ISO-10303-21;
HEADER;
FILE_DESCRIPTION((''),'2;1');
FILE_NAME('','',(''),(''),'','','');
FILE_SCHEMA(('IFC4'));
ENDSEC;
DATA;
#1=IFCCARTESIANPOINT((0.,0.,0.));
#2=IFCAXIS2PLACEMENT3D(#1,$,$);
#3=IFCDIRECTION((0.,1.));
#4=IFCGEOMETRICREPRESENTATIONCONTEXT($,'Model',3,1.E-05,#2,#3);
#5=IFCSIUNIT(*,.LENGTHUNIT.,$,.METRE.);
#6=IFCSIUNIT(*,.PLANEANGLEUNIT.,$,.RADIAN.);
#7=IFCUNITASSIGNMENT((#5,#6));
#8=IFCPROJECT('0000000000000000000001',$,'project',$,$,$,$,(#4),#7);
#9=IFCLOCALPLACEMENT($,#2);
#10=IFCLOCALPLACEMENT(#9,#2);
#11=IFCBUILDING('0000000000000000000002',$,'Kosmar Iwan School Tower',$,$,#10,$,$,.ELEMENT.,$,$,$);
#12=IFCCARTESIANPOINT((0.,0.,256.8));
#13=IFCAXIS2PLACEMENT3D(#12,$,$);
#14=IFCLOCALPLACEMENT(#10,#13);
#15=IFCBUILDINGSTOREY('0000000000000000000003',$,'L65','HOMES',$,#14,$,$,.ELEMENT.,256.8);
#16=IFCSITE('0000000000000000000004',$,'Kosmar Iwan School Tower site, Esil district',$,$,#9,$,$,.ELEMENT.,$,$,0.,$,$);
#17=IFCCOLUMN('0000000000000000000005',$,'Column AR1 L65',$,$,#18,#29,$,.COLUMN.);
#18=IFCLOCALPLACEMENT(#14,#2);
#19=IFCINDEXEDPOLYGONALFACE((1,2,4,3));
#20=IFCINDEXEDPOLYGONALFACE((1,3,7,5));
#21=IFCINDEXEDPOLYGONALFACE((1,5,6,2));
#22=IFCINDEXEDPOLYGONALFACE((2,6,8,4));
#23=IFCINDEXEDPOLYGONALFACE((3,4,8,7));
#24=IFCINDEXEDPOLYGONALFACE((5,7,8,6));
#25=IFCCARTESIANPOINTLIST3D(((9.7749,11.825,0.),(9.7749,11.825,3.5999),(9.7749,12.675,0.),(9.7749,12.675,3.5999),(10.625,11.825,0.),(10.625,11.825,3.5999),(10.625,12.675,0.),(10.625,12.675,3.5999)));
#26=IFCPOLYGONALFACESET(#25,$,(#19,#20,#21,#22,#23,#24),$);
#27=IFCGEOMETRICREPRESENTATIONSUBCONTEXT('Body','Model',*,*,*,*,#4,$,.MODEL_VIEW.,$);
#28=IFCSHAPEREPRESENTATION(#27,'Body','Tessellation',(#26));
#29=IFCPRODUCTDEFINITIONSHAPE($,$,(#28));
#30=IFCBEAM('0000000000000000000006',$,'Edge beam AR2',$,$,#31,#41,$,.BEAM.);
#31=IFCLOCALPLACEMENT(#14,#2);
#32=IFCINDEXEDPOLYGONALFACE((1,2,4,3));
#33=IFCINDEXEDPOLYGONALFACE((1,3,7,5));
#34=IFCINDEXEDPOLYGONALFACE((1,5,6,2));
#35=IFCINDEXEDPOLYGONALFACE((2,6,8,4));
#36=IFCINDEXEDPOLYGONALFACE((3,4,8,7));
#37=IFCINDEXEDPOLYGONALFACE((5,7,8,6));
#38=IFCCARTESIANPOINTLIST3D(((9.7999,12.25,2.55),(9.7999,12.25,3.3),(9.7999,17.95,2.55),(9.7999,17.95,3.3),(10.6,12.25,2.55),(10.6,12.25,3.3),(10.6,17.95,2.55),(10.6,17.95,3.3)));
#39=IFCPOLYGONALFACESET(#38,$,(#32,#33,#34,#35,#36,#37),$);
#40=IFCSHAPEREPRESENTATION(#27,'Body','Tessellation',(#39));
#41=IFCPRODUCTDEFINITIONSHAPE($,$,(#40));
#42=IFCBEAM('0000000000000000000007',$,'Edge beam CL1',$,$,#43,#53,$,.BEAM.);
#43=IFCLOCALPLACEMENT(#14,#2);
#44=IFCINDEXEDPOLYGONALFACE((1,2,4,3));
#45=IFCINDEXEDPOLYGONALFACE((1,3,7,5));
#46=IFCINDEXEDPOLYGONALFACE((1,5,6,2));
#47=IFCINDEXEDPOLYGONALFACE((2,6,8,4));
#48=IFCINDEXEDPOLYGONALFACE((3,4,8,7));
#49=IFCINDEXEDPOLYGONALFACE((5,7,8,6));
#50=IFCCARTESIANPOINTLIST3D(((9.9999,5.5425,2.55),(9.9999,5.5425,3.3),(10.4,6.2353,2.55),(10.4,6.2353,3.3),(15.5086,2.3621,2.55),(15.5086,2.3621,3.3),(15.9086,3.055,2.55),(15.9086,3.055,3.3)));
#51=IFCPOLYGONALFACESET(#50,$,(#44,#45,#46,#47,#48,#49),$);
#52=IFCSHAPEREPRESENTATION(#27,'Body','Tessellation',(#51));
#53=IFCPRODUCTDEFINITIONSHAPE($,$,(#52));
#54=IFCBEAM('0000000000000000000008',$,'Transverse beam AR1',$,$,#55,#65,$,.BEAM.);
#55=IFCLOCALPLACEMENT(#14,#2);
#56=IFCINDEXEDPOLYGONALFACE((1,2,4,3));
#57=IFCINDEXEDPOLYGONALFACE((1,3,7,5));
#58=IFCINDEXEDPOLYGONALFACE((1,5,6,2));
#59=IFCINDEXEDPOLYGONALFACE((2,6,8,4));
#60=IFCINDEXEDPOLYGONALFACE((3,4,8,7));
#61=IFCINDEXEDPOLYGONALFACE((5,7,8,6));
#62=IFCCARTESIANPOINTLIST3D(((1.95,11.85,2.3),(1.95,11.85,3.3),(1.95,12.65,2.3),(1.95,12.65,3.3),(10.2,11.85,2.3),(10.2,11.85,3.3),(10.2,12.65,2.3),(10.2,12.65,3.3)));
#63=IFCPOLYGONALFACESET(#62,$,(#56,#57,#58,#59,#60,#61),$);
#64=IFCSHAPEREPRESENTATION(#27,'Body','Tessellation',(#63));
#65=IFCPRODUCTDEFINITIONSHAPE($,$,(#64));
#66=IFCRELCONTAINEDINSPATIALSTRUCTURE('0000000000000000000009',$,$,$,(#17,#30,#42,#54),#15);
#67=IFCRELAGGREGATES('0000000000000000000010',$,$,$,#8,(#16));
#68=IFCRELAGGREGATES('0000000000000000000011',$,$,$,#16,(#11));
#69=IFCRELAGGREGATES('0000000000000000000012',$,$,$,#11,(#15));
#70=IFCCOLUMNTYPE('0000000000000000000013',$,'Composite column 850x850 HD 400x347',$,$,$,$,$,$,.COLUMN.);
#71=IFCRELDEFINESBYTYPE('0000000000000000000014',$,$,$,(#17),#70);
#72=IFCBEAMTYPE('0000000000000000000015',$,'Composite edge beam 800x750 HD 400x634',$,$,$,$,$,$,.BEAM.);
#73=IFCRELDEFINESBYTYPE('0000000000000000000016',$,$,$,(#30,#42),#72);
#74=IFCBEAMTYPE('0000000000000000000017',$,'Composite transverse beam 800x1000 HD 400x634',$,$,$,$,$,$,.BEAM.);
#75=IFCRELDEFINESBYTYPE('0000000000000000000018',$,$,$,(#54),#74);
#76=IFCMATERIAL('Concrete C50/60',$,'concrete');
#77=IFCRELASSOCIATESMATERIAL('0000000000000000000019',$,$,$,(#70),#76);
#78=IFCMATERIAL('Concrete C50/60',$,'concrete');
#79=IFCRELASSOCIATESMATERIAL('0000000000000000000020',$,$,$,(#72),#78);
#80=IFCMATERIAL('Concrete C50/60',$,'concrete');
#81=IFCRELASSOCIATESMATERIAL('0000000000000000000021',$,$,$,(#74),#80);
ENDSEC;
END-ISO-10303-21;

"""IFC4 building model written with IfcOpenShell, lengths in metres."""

from ifc_helpers import new_model, si_unit, direction, frame, origin, origin_2d, place, context, subcontext, project, spatial, rectangle, extrude, material, material_profile, profile_set, type_object, element, save


model = new_model("IFC4")

# Units and contexts
model_context = context("Model", 3, precision=1e-05, world=origin(), true_north=direction((0.0, 1.0)))
body_context = subcontext(model_context, "Body", "Model", "MODEL_VIEW")
ifc_project = project(units=[si_unit("LENGTHUNIT", "METRE"), si_unit("PLANEANGLEUNIT", "RADIAN")], contexts=[model_context])

# Site, building, storey
site_placement = place(None, origin())
site = spatial("IfcSite", under=ifc_project, at=site_placement, Name="Kosmar Iwan School Tower site, Esil district", CompositionType="ELEMENT", RefElevation=0.0)
building_placement = place(site_placement, origin())
building = spatial("IfcBuilding", under=site, at=building_placement, Name="Kosmar Iwan School Tower", CompositionType="ELEMENT")
storey_placement = place(building_placement, frame((0.0, 0.0, 256.8)))
storey = spatial("IfcBuildingStorey", under=building, at=storey_placement, Name="L65", Description="HOMES", CompositionType="ELEMENT", Elevation=256.8)

# Column
ifc_material_1 = material(Name="Concrete C50/60", Category="concrete")
ifc_material_profile_1 = material_profile(ifc_material_1, rectangle(XDim=0.8501, YDim=0.8501, at=origin_2d()), Name="RC 850x850 + HD 400x347")
ifc_profile_set_1 = profile_set([ifc_material_profile_1], Name="Concrete C50/60")
column_type = type_object("IfcColumnType", Name="Composite column 850x850 HD 400x347", PredefinedType="COLUMN", material=ifc_profile_set_1)
column_placement = place(storey_placement, frame((10.2, 12.25, 0.0), z_axis=(0.0, 0.0, 1.0), x_axis=(0.0, 1.0, 0.0)))
element("IfcColumn", 1, at=column_placement, inside=storey, type_object=column_type, Name="Column AR1 L65", PredefinedType="COLUMN", context=body_context, shape_type="SweptSolid", body=[
    extrude(rectangle(XDim=0.8501, YDim=0.8501, at=origin_2d()), origin(), (0.0, 0.0, 1.0), 3.5999),
])

# Beams
ifc_material_2 = material(Name="Concrete C50/60", Category="concrete")
ifc_material_profile_2 = material_profile(ifc_material_2, rectangle(XDim=0.8, YDim=0.75, at=origin_2d()), Name="RC 800x750 + HD 400x634")
ifc_profile_set_2 = profile_set([ifc_material_profile_2], Name="Concrete C50/60")
beam_type_1 = type_object("IfcBeamType", Name="Composite edge beam 800x750 HD 400x634", PredefinedType="BEAM", material=ifc_profile_set_2)
beam_1_placement = place(storey_placement, frame((10.2, 12.25, 2.925), z_axis=(0.0, 1.0, 0.0), x_axis=(-1.0, 0.0, 0.0)))
element("IfcBeam", 2, at=beam_1_placement, inside=storey, type_object=beam_type_1, Name="Edge beam AR2", PredefinedType="BEAM", context=body_context, shape_type="SweptSolid", body=[
    extrude(rectangle(XDim=0.8, YDim=0.75, at=origin_2d()), origin(), (0.0, 0.0, 1.0), 5.7),
])
beam_2_placement = place(storey_placement, frame((10.2, 5.8889, 2.925), z_axis=(0.866031, -0.49999, 0.0), x_axis=(0.49999, 0.866031, 0.0)))
element("IfcBeam", 3, at=beam_2_placement, inside=storey, type_object=beam_type_1, Name="Edge beam CL1", PredefinedType="BEAM", context=body_context, shape_type="SweptSolid", body=[
    extrude(rectangle(XDim=0.8, YDim=0.75, at=origin_2d()), origin(), (0.0, 0.0, 1.0), 6.3608),
])
ifc_material_3 = material(Name="Concrete C50/60", Category="concrete")
ifc_material_profile_3 = material_profile(ifc_material_3, rectangle(XDim=0.8, YDim=1.0, at=origin_2d()), Name="RC 800x1000 + HD 400x634")
ifc_profile_set_3 = profile_set([ifc_material_profile_3], Name="Concrete C50/60")
beam_type_2 = type_object("IfcBeamType", Name="Composite transverse beam 800x1000 HD 400x634", PredefinedType="BEAM", material=ifc_profile_set_3)
beam_3_placement = place(storey_placement, frame((10.2, 12.25, 2.8), z_axis=(-1.0, 0.0, 0.0), x_axis=(0.0, -1.0, 0.0)))
element("IfcBeam", 4, at=beam_3_placement, inside=storey, type_object=beam_type_2, Name="Transverse beam AR1", PredefinedType="BEAM", context=body_context, shape_type="SweptSolid", body=[
    extrude(rectangle(XDim=0.8, YDim=1.0, at=origin_2d()), origin(), (0.0, 0.0, 1.0), 8.25),
])

save(model, "model.ifc")
